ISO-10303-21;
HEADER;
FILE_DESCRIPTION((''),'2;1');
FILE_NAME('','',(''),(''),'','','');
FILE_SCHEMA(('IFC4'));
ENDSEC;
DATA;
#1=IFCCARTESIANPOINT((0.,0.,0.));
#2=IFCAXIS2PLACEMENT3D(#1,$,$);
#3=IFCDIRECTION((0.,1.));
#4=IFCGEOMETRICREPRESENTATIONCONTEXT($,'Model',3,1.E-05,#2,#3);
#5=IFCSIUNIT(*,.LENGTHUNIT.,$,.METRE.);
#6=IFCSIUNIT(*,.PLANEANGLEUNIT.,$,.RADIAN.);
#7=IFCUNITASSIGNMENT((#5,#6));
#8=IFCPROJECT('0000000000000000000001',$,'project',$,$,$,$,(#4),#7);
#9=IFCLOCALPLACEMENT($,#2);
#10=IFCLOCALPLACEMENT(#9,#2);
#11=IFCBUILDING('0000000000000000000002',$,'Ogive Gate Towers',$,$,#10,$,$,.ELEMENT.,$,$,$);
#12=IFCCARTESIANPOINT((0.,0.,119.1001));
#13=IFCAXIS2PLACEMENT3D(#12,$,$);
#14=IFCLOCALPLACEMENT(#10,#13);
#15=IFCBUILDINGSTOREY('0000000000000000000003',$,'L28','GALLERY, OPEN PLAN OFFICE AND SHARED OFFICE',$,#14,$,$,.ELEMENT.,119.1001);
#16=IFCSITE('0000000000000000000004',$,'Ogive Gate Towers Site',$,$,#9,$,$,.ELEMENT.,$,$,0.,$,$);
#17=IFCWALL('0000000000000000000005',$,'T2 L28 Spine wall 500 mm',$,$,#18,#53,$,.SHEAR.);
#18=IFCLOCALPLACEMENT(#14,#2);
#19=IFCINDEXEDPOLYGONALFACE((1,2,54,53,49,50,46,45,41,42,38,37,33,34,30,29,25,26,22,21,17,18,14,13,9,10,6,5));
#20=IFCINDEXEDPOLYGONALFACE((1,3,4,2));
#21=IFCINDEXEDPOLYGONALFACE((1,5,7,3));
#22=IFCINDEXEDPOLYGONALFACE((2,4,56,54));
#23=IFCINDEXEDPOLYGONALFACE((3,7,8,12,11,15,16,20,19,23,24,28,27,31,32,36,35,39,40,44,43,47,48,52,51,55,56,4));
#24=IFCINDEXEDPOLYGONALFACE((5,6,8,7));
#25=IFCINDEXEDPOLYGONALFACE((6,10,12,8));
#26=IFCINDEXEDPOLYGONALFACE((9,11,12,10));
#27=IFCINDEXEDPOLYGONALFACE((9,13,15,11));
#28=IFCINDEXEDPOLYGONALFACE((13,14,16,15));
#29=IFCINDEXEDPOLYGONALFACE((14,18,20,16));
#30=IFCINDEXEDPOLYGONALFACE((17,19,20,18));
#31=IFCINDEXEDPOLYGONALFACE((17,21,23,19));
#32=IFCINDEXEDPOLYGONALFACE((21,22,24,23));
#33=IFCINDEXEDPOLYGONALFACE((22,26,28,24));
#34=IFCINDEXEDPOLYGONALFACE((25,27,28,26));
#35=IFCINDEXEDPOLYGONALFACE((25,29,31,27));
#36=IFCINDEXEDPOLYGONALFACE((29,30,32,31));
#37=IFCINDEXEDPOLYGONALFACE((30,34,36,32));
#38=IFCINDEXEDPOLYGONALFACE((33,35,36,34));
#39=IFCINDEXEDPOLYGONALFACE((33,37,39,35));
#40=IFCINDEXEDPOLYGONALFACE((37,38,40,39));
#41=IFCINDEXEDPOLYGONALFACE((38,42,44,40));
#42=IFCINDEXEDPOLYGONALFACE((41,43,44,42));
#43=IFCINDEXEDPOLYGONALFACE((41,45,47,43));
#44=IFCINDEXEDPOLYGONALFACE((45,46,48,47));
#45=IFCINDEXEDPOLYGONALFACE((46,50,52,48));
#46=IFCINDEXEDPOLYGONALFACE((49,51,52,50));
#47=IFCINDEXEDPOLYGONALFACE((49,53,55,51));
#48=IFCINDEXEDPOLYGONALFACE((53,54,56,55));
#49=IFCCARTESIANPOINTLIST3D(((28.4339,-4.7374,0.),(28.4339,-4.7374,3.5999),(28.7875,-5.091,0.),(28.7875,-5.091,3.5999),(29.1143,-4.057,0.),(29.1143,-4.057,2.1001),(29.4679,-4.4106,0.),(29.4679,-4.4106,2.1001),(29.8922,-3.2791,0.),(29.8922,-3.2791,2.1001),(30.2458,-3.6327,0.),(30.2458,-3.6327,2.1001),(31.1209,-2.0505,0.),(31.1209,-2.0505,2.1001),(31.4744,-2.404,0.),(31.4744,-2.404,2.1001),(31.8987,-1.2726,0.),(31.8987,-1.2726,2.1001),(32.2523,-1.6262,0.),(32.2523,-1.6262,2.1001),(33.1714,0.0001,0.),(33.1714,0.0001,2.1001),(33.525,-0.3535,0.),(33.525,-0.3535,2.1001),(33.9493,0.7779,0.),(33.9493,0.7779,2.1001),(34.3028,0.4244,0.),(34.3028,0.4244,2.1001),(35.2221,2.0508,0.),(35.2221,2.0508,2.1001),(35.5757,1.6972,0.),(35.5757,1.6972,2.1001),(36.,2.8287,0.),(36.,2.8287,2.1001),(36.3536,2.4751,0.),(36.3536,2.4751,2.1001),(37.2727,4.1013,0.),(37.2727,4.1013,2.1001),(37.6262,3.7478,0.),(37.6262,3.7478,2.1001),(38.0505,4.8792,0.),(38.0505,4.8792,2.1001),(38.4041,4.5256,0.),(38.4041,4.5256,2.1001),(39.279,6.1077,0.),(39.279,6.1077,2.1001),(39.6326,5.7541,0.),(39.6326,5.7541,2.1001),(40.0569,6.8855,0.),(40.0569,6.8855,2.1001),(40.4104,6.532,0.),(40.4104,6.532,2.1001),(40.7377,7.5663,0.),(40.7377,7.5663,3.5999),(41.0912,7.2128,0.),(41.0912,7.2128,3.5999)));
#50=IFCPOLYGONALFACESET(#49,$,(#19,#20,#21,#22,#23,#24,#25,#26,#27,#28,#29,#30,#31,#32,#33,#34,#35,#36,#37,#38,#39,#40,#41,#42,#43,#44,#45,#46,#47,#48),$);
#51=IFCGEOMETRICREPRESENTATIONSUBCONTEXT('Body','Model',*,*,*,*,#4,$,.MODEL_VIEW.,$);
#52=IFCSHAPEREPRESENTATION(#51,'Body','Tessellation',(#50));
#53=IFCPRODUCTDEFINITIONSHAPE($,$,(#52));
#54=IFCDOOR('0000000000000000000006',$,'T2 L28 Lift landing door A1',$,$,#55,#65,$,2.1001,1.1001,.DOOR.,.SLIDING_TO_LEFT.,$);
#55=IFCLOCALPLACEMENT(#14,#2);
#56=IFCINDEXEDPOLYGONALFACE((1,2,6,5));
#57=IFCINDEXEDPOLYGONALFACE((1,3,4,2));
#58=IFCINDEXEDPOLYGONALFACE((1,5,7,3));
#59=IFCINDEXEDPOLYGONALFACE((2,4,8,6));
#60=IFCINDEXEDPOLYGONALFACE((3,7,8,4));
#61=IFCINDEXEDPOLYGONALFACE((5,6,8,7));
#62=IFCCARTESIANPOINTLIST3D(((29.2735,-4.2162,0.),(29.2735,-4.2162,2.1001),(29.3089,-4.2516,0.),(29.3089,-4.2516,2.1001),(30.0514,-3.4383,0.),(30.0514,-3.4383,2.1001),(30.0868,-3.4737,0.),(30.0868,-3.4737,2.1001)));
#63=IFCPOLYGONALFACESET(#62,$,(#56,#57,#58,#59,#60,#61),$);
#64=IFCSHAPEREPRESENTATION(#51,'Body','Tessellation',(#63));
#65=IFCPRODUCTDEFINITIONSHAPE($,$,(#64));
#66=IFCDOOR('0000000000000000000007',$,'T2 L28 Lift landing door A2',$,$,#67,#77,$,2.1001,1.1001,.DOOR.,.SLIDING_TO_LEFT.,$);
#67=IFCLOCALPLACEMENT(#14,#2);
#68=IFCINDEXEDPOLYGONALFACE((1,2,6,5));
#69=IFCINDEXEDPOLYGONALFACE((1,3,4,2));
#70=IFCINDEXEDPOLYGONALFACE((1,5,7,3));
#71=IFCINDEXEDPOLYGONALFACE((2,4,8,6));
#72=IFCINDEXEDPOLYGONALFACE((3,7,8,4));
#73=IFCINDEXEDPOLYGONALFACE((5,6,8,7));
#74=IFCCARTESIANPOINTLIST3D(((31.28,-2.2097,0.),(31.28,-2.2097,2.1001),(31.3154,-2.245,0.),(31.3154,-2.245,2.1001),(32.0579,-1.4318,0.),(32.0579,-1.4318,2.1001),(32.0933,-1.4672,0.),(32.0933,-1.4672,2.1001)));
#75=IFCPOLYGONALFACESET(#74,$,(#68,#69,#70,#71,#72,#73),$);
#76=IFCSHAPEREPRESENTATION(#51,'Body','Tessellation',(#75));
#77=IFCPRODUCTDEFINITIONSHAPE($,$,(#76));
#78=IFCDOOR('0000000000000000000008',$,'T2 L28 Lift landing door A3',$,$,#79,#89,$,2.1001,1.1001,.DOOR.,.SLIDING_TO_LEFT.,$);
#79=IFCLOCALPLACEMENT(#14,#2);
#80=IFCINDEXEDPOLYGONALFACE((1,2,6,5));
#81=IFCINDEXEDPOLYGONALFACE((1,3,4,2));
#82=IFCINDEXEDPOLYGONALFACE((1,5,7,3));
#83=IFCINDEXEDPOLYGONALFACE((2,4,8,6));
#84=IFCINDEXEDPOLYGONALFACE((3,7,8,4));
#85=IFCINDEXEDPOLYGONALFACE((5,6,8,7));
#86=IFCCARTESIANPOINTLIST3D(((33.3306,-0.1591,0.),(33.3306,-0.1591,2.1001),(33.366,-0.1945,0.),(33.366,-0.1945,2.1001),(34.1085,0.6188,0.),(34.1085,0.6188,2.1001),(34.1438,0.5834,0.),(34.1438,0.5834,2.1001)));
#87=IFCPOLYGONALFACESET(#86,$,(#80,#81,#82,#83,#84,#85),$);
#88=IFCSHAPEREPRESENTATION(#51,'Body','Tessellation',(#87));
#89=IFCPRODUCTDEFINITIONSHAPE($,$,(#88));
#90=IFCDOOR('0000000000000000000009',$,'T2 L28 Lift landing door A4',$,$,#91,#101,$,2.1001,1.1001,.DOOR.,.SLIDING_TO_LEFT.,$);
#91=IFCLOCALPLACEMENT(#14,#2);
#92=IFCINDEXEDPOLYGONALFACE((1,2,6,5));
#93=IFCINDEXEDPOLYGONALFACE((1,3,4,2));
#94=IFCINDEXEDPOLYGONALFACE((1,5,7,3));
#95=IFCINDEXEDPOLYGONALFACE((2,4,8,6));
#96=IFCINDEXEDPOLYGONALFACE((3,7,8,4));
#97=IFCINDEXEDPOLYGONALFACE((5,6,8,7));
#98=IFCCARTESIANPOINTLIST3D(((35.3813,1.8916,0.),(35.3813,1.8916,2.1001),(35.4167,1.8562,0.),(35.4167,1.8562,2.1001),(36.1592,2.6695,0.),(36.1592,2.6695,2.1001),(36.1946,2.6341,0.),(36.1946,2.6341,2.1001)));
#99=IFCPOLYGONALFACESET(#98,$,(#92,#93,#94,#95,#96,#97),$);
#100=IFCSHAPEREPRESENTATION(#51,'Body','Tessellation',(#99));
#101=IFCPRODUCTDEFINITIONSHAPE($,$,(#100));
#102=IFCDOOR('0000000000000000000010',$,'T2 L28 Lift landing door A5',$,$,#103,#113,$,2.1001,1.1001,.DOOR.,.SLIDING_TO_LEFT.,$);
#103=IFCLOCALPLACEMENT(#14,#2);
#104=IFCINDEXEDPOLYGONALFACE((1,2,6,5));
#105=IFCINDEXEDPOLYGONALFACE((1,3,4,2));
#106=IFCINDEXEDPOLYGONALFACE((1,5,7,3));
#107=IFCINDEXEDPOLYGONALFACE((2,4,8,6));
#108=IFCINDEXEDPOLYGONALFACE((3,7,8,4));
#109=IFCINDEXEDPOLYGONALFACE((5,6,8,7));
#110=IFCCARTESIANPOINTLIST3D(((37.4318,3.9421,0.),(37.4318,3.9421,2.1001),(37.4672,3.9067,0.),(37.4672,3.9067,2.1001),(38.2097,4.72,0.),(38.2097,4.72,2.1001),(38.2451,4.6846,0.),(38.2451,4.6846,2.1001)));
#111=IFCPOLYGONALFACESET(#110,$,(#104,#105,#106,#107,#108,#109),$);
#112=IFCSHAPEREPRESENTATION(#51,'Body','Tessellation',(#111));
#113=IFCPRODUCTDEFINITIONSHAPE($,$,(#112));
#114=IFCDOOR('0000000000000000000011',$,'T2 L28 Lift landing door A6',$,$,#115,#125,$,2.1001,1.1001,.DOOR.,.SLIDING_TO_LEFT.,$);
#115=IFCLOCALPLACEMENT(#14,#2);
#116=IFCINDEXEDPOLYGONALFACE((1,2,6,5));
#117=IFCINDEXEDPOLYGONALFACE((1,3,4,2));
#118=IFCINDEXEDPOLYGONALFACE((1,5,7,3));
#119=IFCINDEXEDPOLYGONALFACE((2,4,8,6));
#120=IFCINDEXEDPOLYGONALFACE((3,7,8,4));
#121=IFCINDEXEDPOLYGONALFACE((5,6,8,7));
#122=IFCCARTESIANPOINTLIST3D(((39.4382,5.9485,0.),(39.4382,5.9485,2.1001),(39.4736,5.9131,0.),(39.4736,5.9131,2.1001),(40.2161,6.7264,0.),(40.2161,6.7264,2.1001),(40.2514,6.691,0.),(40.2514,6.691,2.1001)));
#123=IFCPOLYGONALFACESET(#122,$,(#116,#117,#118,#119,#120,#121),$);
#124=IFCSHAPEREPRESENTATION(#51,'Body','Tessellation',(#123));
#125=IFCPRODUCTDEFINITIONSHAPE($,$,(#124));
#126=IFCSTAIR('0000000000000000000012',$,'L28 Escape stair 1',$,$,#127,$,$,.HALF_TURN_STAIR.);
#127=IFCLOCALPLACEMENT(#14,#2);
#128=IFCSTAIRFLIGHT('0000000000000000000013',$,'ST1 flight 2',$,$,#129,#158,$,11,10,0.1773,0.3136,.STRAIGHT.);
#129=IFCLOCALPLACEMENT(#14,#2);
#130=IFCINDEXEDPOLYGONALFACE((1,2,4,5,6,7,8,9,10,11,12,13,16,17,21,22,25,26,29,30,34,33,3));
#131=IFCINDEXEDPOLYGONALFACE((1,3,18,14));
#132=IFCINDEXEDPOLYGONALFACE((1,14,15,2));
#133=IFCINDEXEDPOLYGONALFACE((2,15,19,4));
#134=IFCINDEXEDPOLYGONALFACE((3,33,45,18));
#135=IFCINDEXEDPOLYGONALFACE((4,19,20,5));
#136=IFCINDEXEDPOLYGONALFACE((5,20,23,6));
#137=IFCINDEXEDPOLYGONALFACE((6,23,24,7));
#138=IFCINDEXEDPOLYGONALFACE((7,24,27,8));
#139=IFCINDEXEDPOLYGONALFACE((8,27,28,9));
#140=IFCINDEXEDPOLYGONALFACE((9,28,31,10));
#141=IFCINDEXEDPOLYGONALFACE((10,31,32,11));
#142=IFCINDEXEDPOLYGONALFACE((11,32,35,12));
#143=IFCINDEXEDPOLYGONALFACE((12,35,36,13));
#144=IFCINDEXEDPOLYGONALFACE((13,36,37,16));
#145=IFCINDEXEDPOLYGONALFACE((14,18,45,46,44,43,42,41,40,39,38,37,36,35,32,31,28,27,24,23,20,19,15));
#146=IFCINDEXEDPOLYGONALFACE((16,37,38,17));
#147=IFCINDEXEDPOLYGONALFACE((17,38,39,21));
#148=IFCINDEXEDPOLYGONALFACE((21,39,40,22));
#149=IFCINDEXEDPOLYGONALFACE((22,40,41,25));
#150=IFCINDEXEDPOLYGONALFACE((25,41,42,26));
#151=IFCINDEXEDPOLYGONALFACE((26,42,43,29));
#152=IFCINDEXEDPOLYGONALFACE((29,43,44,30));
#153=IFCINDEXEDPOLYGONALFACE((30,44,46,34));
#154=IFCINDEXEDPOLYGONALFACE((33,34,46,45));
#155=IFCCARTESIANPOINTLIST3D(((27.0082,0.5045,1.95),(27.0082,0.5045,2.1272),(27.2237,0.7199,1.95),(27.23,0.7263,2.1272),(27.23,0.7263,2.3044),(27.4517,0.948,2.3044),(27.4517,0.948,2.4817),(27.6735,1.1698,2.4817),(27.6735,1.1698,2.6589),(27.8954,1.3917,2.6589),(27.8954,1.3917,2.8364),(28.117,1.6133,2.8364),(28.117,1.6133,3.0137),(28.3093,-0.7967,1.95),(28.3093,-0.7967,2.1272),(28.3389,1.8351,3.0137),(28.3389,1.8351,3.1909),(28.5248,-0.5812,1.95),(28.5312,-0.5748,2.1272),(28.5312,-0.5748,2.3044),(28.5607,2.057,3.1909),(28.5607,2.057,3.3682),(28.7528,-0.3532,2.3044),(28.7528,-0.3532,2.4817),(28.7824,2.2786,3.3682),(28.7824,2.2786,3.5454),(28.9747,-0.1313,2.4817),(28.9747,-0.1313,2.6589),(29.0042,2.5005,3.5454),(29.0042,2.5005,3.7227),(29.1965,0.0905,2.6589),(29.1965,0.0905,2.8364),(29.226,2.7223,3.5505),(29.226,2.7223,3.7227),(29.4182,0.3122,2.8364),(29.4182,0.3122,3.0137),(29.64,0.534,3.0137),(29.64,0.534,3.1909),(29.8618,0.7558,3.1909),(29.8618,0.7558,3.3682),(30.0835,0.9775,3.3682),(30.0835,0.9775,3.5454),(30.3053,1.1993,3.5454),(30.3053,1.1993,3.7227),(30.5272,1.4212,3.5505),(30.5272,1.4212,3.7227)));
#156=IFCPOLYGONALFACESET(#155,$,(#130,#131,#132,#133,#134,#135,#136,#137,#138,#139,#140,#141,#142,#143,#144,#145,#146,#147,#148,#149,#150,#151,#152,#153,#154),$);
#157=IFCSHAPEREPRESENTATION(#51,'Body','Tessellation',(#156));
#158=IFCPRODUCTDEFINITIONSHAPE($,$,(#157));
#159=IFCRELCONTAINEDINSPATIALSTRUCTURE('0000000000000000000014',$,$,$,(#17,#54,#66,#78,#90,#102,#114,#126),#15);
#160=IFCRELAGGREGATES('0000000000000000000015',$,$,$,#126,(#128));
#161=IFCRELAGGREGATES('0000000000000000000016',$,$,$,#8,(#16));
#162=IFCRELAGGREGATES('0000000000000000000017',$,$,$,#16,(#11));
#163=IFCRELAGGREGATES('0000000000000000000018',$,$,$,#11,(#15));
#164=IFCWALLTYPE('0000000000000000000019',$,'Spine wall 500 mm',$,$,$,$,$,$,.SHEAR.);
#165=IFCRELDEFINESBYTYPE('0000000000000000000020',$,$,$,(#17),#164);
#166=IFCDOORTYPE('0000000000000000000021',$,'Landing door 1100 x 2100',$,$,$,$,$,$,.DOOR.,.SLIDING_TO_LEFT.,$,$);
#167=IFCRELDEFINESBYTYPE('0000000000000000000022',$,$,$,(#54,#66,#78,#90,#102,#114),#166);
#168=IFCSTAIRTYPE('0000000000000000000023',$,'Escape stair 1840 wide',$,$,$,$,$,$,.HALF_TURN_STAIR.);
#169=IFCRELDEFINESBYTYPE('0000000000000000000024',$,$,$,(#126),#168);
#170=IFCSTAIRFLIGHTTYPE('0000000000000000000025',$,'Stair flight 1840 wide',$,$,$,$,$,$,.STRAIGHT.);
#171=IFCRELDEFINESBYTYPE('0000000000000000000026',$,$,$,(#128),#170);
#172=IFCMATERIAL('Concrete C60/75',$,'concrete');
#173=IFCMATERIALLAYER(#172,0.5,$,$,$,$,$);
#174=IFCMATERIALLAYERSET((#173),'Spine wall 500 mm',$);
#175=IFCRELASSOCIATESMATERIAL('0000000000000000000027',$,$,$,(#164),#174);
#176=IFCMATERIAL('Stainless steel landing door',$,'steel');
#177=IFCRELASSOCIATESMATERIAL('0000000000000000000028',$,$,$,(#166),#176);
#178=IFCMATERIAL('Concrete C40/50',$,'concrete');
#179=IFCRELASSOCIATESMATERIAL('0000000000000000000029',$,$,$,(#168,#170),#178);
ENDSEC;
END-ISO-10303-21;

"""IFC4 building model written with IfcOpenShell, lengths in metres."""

from ifc_helpers import new_model, si_unit, direction, frame, frame_2d, origin, place, context, subcontext, project, spatial, polyline, rectangle, outline, extrude, material, layer, layer_set, type_object, element, fill, aggregate, save


model = new_model("IFC4")

# Units and contexts
model_context = context("Model", 3, precision=1e-05, world=origin(), true_north=direction((0.0, 1.0)))
body_context = subcontext(model_context, "Body", "Model", "MODEL_VIEW")
ifc_project = project(units=[si_unit("LENGTHUNIT", "METRE"), si_unit("PLANEANGLEUNIT", "RADIAN")], contexts=[model_context])

# Site, building, storey
site_placement = place(None, origin())
site = spatial("IfcSite", under=ifc_project, at=site_placement, Name="Ogive Gate Towers Site", CompositionType="ELEMENT", RefElevation=0.0)
building_placement = place(site_placement, origin())
building = spatial("IfcBuilding", under=site, at=building_placement, Name="Ogive Gate Towers", CompositionType="ELEMENT")
storey_placement = place(building_placement, frame((0.0, 0.0, 119.1001)))
storey = spatial("IfcBuildingStorey", under=building, at=storey_placement, Name="L28", Description="GALLERY, OPEN PLAN OFFICE AND SHARED OFFICE", CompositionType="ELEMENT", Elevation=119.1001)

# Shared definitions
ifc_material_1 = material(Name="Concrete C60/75", Category="concrete")

# Wall, openings, doors
ifc_layer_1 = layer(ifc_material_1, 0.5)
ifc_layer_set_1 = layer_set([ifc_layer_1], Name="Spine wall 500 mm")
wall_type_1 = type_object("IfcWallType", Name="Spine wall 500 mm", PredefinedType="SHEAR", material=ifc_layer_set_1)
ifc_material_2 = material(Name="Stainless steel landing door", Category="steel")
wall_1_placement = place(storey_placement, frame((28.6106, -4.9143, 0.0), z_axis=(0.0, 0.0, 1.0), x_axis=(0.707107, 0.707107, 0.0)))
wall_1 = element("IfcWall", 1, at=wall_1_placement, inside=storey, type_object=wall_type_1, Name="T2 L28 Spine wall 500 mm", PredefinedType="SHEAR", context=body_context, shape_type="SweptSolid", body=[
    extrude(rectangle(XDim=17.4001, YDim=0.5, at=frame_2d((8.7002, 0.0))), origin(), (0.0, 0.0, 1.0), 3.5999),
])
opening_1_placement = place(wall_1_placement, frame((0.9624, 0.0, 0.0)))
opening_1 = element("IfcOpeningElement", 2, at=opening_1_placement, cuts=wall_1, PredefinedType="OPENING", context=body_context, shape_type="SweptSolid", body=[
    extrude(rectangle(XDim=1.1001, YDim=2.1001, at=frame_2d((0.55, 1.05))), frame((0.0, 0.26, 0.0), z_axis=(0.0, -1.0, 0.0), x_axis=(1.0, 0.0, 0.0)), (0.0, 0.0, 1.0), 0.52),
])
opening_2_placement = place(wall_1_placement, frame((3.8, 0.0, 0.0)))
opening_2 = element("IfcOpeningElement", 3, at=opening_2_placement, cuts=wall_1, PredefinedType="OPENING", context=body_context, shape_type="SweptSolid", body=[
    extrude(rectangle(XDim=1.1001, YDim=2.1001, at=frame_2d((0.55, 1.05))), frame((0.0, 0.26, 0.0), z_axis=(0.0, -1.0, 0.0), x_axis=(1.0, 0.0, 0.0)), (0.0, 0.0, 1.0), 0.52),
])
opening_3_placement = place(wall_1_placement, frame((6.7, 0.0, 0.0)))
opening_3 = element("IfcOpeningElement", 4, at=opening_3_placement, cuts=wall_1, PredefinedType="OPENING", context=body_context, shape_type="SweptSolid", body=[
    extrude(rectangle(XDim=1.1001, YDim=2.1001, at=frame_2d((0.55, 1.05))), frame((0.0, 0.26, 0.0), z_axis=(0.0, -1.0, 0.0), x_axis=(1.0, 0.0, 0.0)), (0.0, 0.0, 1.0), 0.52),
])
opening_4_placement = place(wall_1_placement, frame((9.6001, 0.0, 0.0)))
opening_4 = element("IfcOpeningElement", 5, at=opening_4_placement, cuts=wall_1, PredefinedType="OPENING", context=body_context, shape_type="SweptSolid", body=[
    extrude(rectangle(XDim=1.1001, YDim=2.1001, at=frame_2d((0.55, 1.05))), frame((0.0, 0.26, 0.0), z_axis=(0.0, -1.0, 0.0), x_axis=(1.0, 0.0, 0.0)), (0.0, 0.0, 1.0), 0.52),
])
opening_5_placement = place(wall_1_placement, frame((12.5, 0.0, 0.0)))
opening_5 = element("IfcOpeningElement", 6, at=opening_5_placement, cuts=wall_1, PredefinedType="OPENING", context=body_context, shape_type="SweptSolid", body=[
    extrude(rectangle(XDim=1.1001, YDim=2.1001, at=frame_2d((0.55, 1.05))), frame((0.0, 0.26, 0.0), z_axis=(0.0, -1.0, 0.0), x_axis=(1.0, 0.0, 0.0)), (0.0, 0.0, 1.0), 0.52),
])
opening_6_placement = place(wall_1_placement, frame((15.3374, 0.0, 0.0)))
opening_6 = element("IfcOpeningElement", 7, at=opening_6_placement, cuts=wall_1, PredefinedType="OPENING", context=body_context, shape_type="SweptSolid", body=[
    extrude(rectangle(XDim=1.1001, YDim=2.1001, at=frame_2d((0.55, 1.05))), frame((0.0, 0.26, 0.0), z_axis=(0.0, -1.0, 0.0), x_axis=(1.0, 0.0, 0.0)), (0.0, 0.0, 1.0), 0.52),
])
door_type_1 = type_object("IfcDoorType", Name="Landing door 1100 x 2100", OperationType="SLIDING_TO_LEFT", PredefinedType="DOOR", material=ifc_material_2)
door_1_placement = place(opening_1_placement, origin())
door_1 = element("IfcDoor", 8, at=door_1_placement, inside=storey, type_object=door_type_1, Name="T2 L28 Lift landing door A1", OperationType="SLIDING_TO_LEFT", OverallHeight=2.1001, OverallWidth=1.1001, PredefinedType="DOOR", context=body_context, shape_type="SweptSolid", body=[
    extrude(rectangle(XDim=1.1001, YDim=2.1001, at=frame_2d((0.55, 1.05))), frame((0.0, 0.0249, 0.0), z_axis=(0.0, -1.0, 0.0), x_axis=(1.0, 0.0, 0.0)), (0.0, 0.0, 1.0), 0.05),
])
fill(opening_1, door_1)
door_2_placement = place(opening_2_placement, origin())
door_2 = element("IfcDoor", 9, at=door_2_placement, inside=storey, type_object=door_type_1, Name="T2 L28 Lift landing door A2", OperationType="SLIDING_TO_LEFT", OverallHeight=2.1001, OverallWidth=1.1001, PredefinedType="DOOR", context=body_context, shape_type="SweptSolid", body=[
    extrude(rectangle(XDim=1.1001, YDim=2.1001, at=frame_2d((0.55, 1.05))), frame((0.0, 0.0249, 0.0), z_axis=(0.0, -1.0, 0.0), x_axis=(1.0, 0.0, 0.0)), (0.0, 0.0, 1.0), 0.05),
])
fill(opening_2, door_2)
door_3_placement = place(opening_3_placement, origin())
door_3 = element("IfcDoor", 10, at=door_3_placement, inside=storey, type_object=door_type_1, Name="T2 L28 Lift landing door A3", OperationType="SLIDING_TO_LEFT", OverallHeight=2.1001, OverallWidth=1.1001, PredefinedType="DOOR", context=body_context, shape_type="SweptSolid", body=[
    extrude(rectangle(XDim=1.1001, YDim=2.1001, at=frame_2d((0.55, 1.05))), frame((0.0, 0.0249, 0.0), z_axis=(0.0, -1.0, 0.0), x_axis=(1.0, 0.0, 0.0)), (0.0, 0.0, 1.0), 0.05),
])
fill(opening_3, door_3)
door_4_placement = place(opening_4_placement, origin())
door_4 = element("IfcDoor", 11, at=door_4_placement, inside=storey, type_object=door_type_1, Name="T2 L28 Lift landing door A4", OperationType="SLIDING_TO_LEFT", OverallHeight=2.1001, OverallWidth=1.1001, PredefinedType="DOOR", context=body_context, shape_type="SweptSolid", body=[
    extrude(rectangle(XDim=1.1001, YDim=2.1001, at=frame_2d((0.55, 1.05))), frame((0.0, 0.0249, 0.0), z_axis=(0.0, -1.0, 0.0), x_axis=(1.0, 0.0, 0.0)), (0.0, 0.0, 1.0), 0.05),
])
fill(opening_4, door_4)
door_5_placement = place(opening_5_placement, origin())
door_5 = element("IfcDoor", 12, at=door_5_placement, inside=storey, type_object=door_type_1, Name="T2 L28 Lift landing door A5", OperationType="SLIDING_TO_LEFT", OverallHeight=2.1001, OverallWidth=1.1001, PredefinedType="DOOR", context=body_context, shape_type="SweptSolid", body=[
    extrude(rectangle(XDim=1.1001, YDim=2.1001, at=frame_2d((0.55, 1.05))), frame((0.0, 0.0249, 0.0), z_axis=(0.0, -1.0, 0.0), x_axis=(1.0, 0.0, 0.0)), (0.0, 0.0, 1.0), 0.05),
])
fill(opening_5, door_5)
door_6_placement = place(opening_6_placement, origin())
door_6 = element("IfcDoor", 13, at=door_6_placement, inside=storey, type_object=door_type_1, Name="T2 L28 Lift landing door A6", OperationType="SLIDING_TO_LEFT", OverallHeight=2.1001, OverallWidth=1.1001, PredefinedType="DOOR", context=body_context, shape_type="SweptSolid", body=[
    extrude(rectangle(XDim=1.1001, YDim=2.1001, at=frame_2d((0.55, 1.05))), frame((0.0, 0.0249, 0.0), z_axis=(0.0, -1.0, 0.0), x_axis=(1.0, 0.0, 0.0)), (0.0, 0.0, 1.0), 0.05),
])
fill(opening_6, door_6)

# Stair, stair flight
ifc_material_3 = material(Name="Concrete C40/50", Category="concrete")
stair_type = type_object("IfcStairType", Name="Escape stair 1840 wide", PredefinedType="HALF_TURN_STAIR", material=ifc_material_3)
stair_placement = place(storey_placement, origin())
stair = element("IfcStair", 14, at=stair_placement, inside=storey, type_object=stair_type, Name="L28 Escape stair 1", PredefinedType="HALF_TURN_STAIR")
stair_flight_type = type_object("IfcStairFlightType", Name="Stair flight 1840 wide", PredefinedType="STRAIGHT", material=ifc_material_3)
stair_flight_placement = place(storey_placement, frame((27.6587, -0.146, 1.95), z_axis=(0.0, 0.0, 1.0), x_axis=(0.707107, 0.707107, 0.0)))
stair_flight = element("IfcStairFlight", 15, at=stair_flight_placement, type_object=stair_flight_type, Name="ST1 flight 2", NumberOfRisers=11, NumberOfTreads=10, PredefinedType="STRAIGHT", RiserHeight=0.1773, TreadLength=0.3136, context=body_context, shape_type="SweptSolid", body=[
    extrude(outline(polyline([(0.0, 0.0), (0.0, 0.1772), (0.3137, 0.1772), (0.3137, 0.3545), (0.6272, 0.3545), (0.6272, 0.5317), (0.9409, 0.5317), (0.9409, 0.709), (1.2546, 0.709), (1.2546, 0.8865), (1.5681, 0.8865), (1.5681, 1.0637), (1.8818, 1.0637), (1.8818, 1.241), (2.1956, 1.241), (2.1956, 1.4182), (2.509, 1.4182), (2.509, 1.5955), (2.8228, 1.5955), (2.8228, 1.7727), (3.1365, 1.7727), (3.1365, 1.95), (3.1365, 1.6006), (0.3047, 0.0), (0.0, 0.0)])), frame((0.0, 0.9199, 0.0), z_axis=(0.0, -1.0, 0.0), x_axis=(1.0, 0.0, 0.0)), (0.0, 0.0, 1.0), 1.8401),
])
aggregate(stair, [stair_flight])

save(model, "model.ifc")
